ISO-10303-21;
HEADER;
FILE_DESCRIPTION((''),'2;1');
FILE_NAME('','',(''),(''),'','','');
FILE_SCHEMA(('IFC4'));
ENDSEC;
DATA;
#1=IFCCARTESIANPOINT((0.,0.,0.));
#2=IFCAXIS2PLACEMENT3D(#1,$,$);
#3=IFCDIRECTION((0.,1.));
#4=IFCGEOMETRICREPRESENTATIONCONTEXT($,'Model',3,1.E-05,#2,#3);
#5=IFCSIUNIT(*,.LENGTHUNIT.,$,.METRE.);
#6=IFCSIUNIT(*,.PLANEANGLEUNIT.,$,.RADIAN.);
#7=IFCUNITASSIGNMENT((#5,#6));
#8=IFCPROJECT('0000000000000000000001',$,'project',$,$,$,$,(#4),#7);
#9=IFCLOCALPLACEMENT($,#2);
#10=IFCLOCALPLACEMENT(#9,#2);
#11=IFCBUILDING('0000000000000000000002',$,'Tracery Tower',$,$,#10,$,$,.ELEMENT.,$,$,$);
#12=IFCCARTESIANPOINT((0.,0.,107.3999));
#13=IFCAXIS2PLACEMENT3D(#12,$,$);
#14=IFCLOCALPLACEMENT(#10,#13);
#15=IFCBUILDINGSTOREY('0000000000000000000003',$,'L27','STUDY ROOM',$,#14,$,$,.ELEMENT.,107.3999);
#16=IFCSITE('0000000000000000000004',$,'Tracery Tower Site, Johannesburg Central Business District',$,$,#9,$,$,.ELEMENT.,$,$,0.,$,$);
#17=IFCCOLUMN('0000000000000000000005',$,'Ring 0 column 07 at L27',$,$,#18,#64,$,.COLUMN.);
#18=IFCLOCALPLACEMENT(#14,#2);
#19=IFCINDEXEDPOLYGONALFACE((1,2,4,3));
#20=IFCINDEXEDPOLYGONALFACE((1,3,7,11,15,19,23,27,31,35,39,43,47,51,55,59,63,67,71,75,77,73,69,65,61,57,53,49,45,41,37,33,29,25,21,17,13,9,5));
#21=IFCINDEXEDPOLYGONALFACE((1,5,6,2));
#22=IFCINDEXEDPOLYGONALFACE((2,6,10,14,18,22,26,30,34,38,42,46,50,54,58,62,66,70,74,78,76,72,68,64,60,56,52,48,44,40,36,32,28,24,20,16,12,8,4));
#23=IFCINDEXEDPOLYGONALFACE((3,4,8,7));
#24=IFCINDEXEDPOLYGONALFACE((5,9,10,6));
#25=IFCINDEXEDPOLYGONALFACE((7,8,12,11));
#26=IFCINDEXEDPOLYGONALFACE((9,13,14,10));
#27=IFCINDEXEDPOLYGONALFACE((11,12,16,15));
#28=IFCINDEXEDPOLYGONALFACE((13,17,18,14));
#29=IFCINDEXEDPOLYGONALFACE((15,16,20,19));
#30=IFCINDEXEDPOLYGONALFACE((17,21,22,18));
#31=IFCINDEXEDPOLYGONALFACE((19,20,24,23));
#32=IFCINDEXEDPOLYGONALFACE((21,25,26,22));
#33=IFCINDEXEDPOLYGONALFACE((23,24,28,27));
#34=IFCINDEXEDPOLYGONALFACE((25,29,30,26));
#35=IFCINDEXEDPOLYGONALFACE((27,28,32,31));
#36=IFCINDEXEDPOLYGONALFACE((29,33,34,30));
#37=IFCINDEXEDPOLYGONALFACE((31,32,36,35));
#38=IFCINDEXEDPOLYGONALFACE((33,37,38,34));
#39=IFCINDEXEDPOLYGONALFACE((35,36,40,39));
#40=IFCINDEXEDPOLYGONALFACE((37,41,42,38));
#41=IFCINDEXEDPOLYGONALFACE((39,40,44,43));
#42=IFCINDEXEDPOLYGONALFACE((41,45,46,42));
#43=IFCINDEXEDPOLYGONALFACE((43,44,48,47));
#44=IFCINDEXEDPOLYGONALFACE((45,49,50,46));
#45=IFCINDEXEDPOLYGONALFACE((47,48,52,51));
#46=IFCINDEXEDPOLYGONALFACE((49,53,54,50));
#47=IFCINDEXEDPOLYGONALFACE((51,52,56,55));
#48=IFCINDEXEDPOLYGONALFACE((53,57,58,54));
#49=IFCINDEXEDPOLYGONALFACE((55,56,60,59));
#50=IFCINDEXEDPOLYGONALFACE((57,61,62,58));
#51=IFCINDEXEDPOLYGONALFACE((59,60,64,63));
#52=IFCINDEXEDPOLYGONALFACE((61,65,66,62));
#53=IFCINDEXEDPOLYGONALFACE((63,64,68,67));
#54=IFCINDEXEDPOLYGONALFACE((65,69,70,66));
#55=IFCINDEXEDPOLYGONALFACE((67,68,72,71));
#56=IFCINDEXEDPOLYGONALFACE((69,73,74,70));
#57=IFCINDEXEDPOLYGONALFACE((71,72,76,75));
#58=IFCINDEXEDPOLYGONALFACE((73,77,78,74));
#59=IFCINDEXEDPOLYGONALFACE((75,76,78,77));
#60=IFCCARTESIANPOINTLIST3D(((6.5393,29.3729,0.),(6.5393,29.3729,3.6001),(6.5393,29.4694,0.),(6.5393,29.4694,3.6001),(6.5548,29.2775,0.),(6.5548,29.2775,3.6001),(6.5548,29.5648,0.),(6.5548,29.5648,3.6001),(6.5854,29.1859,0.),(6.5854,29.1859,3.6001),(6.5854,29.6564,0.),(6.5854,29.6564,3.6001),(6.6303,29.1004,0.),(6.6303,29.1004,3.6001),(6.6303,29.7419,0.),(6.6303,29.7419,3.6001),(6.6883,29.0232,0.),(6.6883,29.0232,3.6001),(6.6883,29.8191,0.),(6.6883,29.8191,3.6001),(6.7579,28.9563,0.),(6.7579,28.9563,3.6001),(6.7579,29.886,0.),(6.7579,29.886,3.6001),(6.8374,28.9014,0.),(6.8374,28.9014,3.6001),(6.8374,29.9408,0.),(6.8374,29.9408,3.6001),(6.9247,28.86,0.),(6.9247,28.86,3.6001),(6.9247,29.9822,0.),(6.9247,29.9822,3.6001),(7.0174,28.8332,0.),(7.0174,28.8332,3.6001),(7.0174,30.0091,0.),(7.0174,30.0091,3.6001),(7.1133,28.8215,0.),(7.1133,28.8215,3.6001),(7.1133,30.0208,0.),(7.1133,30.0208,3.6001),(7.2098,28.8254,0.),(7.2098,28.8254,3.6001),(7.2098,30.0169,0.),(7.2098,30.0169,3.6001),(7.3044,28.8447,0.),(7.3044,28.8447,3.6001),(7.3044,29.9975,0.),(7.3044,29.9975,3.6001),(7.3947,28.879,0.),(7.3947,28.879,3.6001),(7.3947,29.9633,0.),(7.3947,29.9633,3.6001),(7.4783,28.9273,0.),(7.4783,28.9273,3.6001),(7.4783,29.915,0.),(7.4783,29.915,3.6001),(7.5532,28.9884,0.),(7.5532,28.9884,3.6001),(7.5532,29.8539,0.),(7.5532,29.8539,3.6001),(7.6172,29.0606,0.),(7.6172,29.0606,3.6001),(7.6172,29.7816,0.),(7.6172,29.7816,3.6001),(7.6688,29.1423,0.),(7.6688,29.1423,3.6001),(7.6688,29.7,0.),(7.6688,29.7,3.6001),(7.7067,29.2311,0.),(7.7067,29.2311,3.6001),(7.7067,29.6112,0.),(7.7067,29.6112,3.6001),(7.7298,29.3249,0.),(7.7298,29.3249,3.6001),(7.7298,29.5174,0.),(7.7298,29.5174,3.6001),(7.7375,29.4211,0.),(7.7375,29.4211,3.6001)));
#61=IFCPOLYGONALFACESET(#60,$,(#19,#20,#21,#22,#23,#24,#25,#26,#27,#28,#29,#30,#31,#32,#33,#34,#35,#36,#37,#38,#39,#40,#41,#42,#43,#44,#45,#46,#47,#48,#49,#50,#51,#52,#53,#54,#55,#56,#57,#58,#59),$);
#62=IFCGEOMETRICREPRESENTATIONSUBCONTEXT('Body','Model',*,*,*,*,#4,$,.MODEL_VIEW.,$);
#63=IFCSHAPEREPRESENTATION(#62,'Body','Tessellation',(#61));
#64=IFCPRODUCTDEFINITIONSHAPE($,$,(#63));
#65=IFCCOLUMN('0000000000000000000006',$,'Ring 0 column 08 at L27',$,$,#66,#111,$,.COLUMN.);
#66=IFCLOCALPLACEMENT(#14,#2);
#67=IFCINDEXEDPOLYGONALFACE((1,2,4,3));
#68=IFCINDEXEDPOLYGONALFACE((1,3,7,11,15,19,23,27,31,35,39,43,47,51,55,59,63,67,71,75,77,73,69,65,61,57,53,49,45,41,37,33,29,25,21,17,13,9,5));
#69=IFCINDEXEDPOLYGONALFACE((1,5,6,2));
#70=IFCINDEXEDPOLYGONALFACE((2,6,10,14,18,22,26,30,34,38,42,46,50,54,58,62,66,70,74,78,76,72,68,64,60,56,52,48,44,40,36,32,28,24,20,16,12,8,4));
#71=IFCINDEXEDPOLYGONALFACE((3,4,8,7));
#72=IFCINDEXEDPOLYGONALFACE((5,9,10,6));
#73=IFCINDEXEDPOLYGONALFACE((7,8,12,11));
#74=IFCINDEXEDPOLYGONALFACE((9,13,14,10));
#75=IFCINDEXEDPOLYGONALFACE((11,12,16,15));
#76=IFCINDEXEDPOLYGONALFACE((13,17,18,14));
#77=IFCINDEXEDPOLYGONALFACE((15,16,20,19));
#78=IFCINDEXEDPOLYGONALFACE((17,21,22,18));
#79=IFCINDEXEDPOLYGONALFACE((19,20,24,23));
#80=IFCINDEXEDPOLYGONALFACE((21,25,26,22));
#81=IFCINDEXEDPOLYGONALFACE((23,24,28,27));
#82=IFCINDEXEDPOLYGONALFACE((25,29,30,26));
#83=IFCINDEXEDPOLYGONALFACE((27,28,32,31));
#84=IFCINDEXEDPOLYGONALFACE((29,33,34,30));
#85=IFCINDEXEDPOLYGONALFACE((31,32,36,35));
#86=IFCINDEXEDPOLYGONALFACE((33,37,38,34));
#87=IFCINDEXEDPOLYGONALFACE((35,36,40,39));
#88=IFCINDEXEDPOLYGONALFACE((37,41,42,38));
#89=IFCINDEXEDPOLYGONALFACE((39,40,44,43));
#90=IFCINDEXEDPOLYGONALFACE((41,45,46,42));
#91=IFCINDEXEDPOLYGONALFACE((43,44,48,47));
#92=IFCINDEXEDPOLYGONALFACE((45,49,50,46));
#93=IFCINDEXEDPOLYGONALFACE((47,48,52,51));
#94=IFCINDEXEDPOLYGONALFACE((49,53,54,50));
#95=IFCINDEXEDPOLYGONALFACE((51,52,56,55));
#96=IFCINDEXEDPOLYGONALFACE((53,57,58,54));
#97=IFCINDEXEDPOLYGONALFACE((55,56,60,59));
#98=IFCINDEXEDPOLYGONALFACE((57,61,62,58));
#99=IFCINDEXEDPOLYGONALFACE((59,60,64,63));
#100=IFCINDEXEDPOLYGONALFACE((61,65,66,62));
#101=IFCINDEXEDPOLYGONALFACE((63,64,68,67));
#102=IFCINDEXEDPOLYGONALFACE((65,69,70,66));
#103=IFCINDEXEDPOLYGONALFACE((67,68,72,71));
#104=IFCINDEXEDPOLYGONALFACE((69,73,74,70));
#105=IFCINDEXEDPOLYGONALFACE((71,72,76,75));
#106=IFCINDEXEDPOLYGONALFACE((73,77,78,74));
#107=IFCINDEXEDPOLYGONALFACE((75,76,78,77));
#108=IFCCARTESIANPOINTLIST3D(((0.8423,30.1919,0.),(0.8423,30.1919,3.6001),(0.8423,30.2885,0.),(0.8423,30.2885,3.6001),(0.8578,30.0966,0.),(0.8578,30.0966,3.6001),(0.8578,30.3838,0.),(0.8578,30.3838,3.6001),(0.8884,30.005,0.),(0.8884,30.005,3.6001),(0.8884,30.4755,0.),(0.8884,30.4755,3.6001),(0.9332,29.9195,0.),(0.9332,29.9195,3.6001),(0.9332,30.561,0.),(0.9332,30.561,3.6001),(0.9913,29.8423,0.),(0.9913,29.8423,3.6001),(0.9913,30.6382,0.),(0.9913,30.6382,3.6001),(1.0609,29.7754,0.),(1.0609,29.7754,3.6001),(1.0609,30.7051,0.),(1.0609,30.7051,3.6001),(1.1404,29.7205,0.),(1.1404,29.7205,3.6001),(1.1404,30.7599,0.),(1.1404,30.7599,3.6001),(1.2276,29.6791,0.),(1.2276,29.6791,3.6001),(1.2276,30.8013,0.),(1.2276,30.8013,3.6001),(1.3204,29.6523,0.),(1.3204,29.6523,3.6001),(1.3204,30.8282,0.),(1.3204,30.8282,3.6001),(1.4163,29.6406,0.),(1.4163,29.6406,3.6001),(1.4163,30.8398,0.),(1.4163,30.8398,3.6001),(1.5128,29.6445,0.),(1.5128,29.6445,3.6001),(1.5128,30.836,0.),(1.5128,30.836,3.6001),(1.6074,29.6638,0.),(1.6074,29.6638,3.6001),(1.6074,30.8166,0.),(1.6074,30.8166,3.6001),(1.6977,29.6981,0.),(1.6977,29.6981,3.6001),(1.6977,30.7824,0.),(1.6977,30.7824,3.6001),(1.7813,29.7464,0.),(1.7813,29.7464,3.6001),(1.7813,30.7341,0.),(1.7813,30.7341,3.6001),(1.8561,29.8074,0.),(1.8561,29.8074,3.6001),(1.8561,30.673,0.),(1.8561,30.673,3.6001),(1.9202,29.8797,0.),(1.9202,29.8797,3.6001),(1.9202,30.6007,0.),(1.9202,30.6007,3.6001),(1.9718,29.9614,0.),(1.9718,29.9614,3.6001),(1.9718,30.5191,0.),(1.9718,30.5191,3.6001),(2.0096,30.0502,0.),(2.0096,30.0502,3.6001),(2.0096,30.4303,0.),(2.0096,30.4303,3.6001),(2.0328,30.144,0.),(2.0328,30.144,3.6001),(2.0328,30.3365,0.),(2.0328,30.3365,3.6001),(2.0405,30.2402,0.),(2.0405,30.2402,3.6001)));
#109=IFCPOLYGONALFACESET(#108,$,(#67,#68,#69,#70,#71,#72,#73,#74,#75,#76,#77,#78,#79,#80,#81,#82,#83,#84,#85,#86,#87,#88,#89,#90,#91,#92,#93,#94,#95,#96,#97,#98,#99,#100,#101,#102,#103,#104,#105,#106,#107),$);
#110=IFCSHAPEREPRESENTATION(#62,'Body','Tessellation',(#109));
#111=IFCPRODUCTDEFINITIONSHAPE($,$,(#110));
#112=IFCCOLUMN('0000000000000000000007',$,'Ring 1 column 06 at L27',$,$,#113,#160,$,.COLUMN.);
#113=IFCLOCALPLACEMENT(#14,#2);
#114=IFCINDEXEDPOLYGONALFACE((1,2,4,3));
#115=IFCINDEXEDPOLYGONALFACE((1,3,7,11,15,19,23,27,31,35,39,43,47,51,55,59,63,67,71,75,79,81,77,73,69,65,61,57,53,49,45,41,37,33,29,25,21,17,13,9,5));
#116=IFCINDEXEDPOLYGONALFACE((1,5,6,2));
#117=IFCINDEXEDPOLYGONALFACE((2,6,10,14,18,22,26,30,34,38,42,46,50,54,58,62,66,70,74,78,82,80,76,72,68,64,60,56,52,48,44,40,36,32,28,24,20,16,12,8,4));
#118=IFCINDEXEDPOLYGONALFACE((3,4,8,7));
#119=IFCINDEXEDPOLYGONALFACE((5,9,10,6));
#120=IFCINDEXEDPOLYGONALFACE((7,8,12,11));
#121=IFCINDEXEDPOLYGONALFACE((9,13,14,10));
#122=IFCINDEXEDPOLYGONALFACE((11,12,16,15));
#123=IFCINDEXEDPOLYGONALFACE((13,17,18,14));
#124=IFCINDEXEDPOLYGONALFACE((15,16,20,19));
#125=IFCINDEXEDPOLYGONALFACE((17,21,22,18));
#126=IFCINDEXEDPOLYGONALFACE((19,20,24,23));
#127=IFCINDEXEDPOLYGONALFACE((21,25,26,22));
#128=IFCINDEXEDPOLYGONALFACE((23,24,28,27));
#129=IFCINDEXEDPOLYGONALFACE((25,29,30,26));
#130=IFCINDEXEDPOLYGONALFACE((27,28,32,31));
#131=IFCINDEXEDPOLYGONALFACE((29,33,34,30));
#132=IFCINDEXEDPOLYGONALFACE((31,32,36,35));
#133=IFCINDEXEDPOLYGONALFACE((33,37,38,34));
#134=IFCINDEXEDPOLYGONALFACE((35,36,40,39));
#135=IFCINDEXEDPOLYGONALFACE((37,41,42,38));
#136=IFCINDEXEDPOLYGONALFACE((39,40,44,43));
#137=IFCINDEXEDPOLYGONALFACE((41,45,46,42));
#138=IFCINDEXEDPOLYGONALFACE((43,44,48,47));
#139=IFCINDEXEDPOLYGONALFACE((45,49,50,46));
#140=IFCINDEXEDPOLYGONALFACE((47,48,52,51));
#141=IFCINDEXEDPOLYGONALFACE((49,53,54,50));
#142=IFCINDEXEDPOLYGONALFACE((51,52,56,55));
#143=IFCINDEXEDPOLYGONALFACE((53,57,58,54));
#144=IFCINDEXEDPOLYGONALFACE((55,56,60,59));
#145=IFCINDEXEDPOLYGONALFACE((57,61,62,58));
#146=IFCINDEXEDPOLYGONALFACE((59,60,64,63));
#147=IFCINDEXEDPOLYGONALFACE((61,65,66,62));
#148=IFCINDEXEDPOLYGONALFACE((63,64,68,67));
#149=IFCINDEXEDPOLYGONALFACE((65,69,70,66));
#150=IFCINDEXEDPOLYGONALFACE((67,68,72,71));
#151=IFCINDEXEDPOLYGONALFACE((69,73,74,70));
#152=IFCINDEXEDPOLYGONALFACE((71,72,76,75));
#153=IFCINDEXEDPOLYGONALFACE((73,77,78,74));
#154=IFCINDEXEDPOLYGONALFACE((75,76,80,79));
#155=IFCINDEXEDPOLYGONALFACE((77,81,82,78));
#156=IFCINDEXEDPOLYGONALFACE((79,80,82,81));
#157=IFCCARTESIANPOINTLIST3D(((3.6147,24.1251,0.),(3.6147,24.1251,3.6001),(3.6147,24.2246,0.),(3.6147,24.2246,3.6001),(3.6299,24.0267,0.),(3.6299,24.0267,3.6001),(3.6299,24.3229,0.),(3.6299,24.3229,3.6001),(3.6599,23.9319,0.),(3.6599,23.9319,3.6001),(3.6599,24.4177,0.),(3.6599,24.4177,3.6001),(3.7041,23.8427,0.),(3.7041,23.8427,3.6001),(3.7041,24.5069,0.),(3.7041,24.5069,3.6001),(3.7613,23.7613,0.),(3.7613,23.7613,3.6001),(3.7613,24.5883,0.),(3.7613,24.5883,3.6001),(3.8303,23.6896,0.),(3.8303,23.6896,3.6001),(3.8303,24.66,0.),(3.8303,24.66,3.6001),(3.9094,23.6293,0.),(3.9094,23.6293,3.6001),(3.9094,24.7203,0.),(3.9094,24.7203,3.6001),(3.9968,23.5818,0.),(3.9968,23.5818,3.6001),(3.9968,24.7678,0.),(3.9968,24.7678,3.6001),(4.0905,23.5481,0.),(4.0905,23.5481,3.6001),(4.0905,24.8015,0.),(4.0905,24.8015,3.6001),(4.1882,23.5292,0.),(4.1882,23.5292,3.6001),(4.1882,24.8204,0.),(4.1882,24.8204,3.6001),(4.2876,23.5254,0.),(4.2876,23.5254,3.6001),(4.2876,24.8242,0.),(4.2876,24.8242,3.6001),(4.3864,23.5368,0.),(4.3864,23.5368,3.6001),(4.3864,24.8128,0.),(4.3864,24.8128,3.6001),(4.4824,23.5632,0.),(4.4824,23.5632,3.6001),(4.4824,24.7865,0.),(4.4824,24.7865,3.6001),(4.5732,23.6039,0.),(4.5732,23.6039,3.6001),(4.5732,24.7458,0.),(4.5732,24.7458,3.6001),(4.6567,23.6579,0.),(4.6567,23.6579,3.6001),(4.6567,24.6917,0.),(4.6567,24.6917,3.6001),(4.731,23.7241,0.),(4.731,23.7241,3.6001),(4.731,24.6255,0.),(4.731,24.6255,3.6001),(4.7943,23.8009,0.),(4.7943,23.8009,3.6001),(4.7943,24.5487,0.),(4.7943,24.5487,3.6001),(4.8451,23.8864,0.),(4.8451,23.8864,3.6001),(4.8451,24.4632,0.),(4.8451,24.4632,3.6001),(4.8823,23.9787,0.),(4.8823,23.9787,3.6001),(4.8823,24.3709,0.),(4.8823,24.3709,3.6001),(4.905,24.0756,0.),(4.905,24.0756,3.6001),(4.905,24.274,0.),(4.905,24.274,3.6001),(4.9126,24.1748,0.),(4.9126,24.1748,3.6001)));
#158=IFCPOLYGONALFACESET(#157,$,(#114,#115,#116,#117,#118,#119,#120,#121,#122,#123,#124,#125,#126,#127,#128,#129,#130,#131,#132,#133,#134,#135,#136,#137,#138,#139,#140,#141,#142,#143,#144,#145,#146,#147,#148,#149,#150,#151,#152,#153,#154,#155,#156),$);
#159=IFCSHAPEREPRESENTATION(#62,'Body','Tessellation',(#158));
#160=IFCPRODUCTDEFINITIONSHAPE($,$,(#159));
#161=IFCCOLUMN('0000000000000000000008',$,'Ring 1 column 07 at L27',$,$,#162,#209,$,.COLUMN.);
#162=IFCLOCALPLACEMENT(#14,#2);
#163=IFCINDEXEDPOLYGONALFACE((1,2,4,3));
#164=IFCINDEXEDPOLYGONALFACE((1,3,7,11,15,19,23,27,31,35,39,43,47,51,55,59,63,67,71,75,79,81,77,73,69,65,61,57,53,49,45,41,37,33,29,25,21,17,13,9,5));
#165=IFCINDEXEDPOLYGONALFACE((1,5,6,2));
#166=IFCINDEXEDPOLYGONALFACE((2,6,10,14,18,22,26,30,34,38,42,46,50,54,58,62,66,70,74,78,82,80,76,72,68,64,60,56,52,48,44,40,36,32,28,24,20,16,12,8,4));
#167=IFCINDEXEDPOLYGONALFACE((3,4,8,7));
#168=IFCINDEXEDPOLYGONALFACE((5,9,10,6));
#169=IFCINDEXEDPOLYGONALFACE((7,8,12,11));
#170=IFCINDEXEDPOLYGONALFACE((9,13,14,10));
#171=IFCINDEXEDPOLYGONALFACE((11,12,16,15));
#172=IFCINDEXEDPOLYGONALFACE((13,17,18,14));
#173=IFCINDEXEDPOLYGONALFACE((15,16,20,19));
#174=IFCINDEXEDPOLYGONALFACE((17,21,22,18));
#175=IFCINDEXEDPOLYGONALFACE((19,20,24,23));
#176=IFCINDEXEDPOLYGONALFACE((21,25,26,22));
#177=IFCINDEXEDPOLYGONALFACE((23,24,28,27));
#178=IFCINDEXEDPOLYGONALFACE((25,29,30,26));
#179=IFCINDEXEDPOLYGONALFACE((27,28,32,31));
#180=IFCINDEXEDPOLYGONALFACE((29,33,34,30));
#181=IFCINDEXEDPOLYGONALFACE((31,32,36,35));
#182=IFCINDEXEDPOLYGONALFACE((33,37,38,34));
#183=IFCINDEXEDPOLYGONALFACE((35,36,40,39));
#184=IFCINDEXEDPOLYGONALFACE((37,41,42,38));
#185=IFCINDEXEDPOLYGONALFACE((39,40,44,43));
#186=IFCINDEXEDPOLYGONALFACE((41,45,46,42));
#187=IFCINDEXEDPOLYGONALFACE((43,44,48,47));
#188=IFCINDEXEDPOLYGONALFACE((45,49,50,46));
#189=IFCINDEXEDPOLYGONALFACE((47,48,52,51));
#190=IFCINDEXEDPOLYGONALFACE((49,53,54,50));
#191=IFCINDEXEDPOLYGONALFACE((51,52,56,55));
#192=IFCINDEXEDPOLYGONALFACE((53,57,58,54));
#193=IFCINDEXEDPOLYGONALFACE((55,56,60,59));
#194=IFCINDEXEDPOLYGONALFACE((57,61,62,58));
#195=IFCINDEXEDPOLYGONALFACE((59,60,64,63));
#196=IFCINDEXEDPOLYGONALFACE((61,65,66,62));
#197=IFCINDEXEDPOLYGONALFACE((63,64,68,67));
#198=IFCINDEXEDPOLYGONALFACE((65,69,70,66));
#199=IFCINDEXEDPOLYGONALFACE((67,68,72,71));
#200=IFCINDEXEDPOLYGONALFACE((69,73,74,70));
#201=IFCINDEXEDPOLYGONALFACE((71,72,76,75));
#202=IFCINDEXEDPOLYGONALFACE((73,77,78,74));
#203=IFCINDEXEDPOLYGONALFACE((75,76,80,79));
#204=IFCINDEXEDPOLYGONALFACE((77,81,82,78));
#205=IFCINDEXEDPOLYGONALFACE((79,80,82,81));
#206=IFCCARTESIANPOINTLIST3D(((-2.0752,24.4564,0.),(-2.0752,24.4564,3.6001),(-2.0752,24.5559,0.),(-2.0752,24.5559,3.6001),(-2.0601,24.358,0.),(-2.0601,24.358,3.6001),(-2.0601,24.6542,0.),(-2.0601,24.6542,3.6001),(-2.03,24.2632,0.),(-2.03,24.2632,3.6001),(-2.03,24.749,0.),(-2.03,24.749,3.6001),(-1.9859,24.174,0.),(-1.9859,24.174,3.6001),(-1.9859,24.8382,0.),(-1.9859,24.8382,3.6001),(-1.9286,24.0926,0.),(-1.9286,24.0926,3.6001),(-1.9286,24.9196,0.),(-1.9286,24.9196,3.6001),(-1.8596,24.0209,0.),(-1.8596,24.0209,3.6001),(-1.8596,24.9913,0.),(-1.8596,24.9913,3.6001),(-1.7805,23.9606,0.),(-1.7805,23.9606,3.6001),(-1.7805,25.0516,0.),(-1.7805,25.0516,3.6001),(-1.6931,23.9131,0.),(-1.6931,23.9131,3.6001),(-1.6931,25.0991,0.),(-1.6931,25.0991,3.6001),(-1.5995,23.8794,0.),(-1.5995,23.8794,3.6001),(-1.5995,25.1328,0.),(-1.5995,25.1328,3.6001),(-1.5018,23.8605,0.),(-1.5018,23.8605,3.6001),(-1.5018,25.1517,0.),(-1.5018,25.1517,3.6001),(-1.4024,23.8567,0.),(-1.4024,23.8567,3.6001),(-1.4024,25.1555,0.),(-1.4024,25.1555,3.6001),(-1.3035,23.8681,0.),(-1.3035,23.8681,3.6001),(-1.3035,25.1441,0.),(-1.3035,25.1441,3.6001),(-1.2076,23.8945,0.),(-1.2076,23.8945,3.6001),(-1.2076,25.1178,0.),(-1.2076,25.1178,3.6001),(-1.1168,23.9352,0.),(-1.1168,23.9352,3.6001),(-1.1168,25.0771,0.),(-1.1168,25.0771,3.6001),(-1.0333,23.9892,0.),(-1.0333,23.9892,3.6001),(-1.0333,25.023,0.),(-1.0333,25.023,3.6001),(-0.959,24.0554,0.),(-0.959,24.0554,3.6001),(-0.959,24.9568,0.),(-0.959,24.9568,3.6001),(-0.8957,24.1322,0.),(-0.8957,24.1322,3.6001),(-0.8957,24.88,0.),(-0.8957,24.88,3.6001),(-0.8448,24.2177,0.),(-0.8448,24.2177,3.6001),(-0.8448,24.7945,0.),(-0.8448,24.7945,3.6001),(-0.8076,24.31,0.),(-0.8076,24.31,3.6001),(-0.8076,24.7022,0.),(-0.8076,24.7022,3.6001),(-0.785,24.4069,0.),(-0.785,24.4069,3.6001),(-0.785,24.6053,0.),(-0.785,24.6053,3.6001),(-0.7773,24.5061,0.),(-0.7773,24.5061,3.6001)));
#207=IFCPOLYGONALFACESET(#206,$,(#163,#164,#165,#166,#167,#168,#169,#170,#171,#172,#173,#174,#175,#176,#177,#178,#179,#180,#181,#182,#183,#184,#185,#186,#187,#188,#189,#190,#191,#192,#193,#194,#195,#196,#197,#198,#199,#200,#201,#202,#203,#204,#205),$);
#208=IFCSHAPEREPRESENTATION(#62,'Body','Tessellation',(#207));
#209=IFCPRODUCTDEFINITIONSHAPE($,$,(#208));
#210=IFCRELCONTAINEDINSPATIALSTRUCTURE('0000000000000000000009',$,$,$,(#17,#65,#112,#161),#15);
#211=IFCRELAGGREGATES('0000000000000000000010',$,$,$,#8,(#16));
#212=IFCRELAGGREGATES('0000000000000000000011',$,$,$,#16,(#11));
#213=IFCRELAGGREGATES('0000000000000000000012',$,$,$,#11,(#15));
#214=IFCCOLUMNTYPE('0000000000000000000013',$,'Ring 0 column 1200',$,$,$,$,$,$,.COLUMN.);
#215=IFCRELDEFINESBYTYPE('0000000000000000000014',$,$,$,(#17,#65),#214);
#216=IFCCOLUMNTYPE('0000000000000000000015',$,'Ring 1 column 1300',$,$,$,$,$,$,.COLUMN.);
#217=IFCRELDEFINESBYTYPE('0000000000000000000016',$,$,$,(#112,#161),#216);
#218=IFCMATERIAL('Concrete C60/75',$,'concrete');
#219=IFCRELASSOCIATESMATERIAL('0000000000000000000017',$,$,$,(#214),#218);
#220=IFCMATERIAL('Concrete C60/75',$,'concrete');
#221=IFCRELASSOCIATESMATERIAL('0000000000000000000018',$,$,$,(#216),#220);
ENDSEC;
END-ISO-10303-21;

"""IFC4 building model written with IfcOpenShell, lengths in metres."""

from ifc_helpers import new_model, si_unit, direction, frame, origin, origin_2d, place, context, subcontext, project, spatial, circle, extrude, material, material_profile, profile_set, type_object, element, save


model = new_model("IFC4")

# Units and contexts
model_context = context("Model", 3, precision=1e-05, world=origin(), true_north=direction((0.0, 1.0)))
body_context = subcontext(model_context, "Body", "Model", "MODEL_VIEW")
ifc_project = project(units=[si_unit("LENGTHUNIT", "METRE"), si_unit("PLANEANGLEUNIT", "RADIAN")], contexts=[model_context])

# Site, building, storey
site_placement = place(None, origin())
site = spatial("IfcSite", under=ifc_project, at=site_placement, Name="Tracery Tower Site, Johannesburg Central Business District", CompositionType="ELEMENT", RefElevation=0.0)
building_placement = place(site_placement, origin())
building = spatial("IfcBuilding", under=site, at=building_placement, Name="Tracery Tower", CompositionType="ELEMENT")
storey_placement = place(building_placement, frame((0.0, 0.0, 107.3999)))
storey = spatial("IfcBuildingStorey", under=building, at=storey_placement, Name="L27", Description="STUDY ROOM", CompositionType="ELEMENT", Elevation=107.3999)

# Columns
ifc_material_1 = material(Name="Concrete C60/75", Category="concrete")
ifc_material_profile_1 = material_profile(ifc_material_1, circle(Radius=0.6001, at=origin_2d()), Name="RC D1200")
ifc_profile_set_1 = profile_set([ifc_material_profile_1], Name="Concrete C60/75")
column_type_1 = type_object("IfcColumnType", Name="Ring 0 column 1200", PredefinedType="COLUMN", material=ifc_profile_set_1)
for number, where, z_axis, x_axis, name in (
    (1, (7.1375, 29.4211, 0.0), (0.0, 0.0, 1.0), (1.0, 0.0, 0.0), "Ring 0 column 07 at L27"),
    (2, (1.4404, 30.2402, 0.0), (0.0, 0.0, 1.0), (1.0, 0.0, 0.0), "Ring 0 column 08 at L27"),
):
    element("IfcColumn", number, at=place(storey_placement, frame(where, z_axis=z_axis, x_axis=x_axis)), inside=storey, type_object=column_type_1, Name=name, PredefinedType="COLUMN", context=body_context, shape_type="SweptSolid", body=[
        extrude(circle(Radius=0.6001, at=origin_2d()), origin(), (0.0, 0.0, 1.0), 3.6001),
    ])
ifc_material_2 = material(Name="Concrete C60/75", Category="concrete")
ifc_material_profile_2 = material_profile(ifc_material_2, circle(Radius=0.6499, at=origin_2d()), Name="RC D1300")
ifc_profile_set_2 = profile_set([ifc_material_profile_2], Name="Concrete C60/75")
column_type_2 = type_object("IfcColumnType", Name="Ring 1 column 1300", PredefinedType="COLUMN", material=ifc_profile_set_2)
for number, where, z_axis, x_axis, name in (
    (3, (4.2627, 24.1748, 0.0), (0.0, 0.0, 1.0), (1.0, 0.0, 0.0), "Ring 1 column 06 at L27"),
    (4, (-1.4272, 24.5061, 0.0), (0.0, 0.0, 1.0), (1.0, 0.0, 0.0), "Ring 1 column 07 at L27"),
):
    element("IfcColumn", number, at=place(storey_placement, frame(where, z_axis=z_axis, x_axis=x_axis)), inside=storey, type_object=column_type_2, Name=name, PredefinedType="COLUMN", context=body_context, shape_type="SweptSolid", body=[
        extrude(circle(Radius=0.6499, at=origin_2d()), origin(), (0.0, 0.0, 1.0), 3.6001),
    ])

save(model, "model.ifc")
